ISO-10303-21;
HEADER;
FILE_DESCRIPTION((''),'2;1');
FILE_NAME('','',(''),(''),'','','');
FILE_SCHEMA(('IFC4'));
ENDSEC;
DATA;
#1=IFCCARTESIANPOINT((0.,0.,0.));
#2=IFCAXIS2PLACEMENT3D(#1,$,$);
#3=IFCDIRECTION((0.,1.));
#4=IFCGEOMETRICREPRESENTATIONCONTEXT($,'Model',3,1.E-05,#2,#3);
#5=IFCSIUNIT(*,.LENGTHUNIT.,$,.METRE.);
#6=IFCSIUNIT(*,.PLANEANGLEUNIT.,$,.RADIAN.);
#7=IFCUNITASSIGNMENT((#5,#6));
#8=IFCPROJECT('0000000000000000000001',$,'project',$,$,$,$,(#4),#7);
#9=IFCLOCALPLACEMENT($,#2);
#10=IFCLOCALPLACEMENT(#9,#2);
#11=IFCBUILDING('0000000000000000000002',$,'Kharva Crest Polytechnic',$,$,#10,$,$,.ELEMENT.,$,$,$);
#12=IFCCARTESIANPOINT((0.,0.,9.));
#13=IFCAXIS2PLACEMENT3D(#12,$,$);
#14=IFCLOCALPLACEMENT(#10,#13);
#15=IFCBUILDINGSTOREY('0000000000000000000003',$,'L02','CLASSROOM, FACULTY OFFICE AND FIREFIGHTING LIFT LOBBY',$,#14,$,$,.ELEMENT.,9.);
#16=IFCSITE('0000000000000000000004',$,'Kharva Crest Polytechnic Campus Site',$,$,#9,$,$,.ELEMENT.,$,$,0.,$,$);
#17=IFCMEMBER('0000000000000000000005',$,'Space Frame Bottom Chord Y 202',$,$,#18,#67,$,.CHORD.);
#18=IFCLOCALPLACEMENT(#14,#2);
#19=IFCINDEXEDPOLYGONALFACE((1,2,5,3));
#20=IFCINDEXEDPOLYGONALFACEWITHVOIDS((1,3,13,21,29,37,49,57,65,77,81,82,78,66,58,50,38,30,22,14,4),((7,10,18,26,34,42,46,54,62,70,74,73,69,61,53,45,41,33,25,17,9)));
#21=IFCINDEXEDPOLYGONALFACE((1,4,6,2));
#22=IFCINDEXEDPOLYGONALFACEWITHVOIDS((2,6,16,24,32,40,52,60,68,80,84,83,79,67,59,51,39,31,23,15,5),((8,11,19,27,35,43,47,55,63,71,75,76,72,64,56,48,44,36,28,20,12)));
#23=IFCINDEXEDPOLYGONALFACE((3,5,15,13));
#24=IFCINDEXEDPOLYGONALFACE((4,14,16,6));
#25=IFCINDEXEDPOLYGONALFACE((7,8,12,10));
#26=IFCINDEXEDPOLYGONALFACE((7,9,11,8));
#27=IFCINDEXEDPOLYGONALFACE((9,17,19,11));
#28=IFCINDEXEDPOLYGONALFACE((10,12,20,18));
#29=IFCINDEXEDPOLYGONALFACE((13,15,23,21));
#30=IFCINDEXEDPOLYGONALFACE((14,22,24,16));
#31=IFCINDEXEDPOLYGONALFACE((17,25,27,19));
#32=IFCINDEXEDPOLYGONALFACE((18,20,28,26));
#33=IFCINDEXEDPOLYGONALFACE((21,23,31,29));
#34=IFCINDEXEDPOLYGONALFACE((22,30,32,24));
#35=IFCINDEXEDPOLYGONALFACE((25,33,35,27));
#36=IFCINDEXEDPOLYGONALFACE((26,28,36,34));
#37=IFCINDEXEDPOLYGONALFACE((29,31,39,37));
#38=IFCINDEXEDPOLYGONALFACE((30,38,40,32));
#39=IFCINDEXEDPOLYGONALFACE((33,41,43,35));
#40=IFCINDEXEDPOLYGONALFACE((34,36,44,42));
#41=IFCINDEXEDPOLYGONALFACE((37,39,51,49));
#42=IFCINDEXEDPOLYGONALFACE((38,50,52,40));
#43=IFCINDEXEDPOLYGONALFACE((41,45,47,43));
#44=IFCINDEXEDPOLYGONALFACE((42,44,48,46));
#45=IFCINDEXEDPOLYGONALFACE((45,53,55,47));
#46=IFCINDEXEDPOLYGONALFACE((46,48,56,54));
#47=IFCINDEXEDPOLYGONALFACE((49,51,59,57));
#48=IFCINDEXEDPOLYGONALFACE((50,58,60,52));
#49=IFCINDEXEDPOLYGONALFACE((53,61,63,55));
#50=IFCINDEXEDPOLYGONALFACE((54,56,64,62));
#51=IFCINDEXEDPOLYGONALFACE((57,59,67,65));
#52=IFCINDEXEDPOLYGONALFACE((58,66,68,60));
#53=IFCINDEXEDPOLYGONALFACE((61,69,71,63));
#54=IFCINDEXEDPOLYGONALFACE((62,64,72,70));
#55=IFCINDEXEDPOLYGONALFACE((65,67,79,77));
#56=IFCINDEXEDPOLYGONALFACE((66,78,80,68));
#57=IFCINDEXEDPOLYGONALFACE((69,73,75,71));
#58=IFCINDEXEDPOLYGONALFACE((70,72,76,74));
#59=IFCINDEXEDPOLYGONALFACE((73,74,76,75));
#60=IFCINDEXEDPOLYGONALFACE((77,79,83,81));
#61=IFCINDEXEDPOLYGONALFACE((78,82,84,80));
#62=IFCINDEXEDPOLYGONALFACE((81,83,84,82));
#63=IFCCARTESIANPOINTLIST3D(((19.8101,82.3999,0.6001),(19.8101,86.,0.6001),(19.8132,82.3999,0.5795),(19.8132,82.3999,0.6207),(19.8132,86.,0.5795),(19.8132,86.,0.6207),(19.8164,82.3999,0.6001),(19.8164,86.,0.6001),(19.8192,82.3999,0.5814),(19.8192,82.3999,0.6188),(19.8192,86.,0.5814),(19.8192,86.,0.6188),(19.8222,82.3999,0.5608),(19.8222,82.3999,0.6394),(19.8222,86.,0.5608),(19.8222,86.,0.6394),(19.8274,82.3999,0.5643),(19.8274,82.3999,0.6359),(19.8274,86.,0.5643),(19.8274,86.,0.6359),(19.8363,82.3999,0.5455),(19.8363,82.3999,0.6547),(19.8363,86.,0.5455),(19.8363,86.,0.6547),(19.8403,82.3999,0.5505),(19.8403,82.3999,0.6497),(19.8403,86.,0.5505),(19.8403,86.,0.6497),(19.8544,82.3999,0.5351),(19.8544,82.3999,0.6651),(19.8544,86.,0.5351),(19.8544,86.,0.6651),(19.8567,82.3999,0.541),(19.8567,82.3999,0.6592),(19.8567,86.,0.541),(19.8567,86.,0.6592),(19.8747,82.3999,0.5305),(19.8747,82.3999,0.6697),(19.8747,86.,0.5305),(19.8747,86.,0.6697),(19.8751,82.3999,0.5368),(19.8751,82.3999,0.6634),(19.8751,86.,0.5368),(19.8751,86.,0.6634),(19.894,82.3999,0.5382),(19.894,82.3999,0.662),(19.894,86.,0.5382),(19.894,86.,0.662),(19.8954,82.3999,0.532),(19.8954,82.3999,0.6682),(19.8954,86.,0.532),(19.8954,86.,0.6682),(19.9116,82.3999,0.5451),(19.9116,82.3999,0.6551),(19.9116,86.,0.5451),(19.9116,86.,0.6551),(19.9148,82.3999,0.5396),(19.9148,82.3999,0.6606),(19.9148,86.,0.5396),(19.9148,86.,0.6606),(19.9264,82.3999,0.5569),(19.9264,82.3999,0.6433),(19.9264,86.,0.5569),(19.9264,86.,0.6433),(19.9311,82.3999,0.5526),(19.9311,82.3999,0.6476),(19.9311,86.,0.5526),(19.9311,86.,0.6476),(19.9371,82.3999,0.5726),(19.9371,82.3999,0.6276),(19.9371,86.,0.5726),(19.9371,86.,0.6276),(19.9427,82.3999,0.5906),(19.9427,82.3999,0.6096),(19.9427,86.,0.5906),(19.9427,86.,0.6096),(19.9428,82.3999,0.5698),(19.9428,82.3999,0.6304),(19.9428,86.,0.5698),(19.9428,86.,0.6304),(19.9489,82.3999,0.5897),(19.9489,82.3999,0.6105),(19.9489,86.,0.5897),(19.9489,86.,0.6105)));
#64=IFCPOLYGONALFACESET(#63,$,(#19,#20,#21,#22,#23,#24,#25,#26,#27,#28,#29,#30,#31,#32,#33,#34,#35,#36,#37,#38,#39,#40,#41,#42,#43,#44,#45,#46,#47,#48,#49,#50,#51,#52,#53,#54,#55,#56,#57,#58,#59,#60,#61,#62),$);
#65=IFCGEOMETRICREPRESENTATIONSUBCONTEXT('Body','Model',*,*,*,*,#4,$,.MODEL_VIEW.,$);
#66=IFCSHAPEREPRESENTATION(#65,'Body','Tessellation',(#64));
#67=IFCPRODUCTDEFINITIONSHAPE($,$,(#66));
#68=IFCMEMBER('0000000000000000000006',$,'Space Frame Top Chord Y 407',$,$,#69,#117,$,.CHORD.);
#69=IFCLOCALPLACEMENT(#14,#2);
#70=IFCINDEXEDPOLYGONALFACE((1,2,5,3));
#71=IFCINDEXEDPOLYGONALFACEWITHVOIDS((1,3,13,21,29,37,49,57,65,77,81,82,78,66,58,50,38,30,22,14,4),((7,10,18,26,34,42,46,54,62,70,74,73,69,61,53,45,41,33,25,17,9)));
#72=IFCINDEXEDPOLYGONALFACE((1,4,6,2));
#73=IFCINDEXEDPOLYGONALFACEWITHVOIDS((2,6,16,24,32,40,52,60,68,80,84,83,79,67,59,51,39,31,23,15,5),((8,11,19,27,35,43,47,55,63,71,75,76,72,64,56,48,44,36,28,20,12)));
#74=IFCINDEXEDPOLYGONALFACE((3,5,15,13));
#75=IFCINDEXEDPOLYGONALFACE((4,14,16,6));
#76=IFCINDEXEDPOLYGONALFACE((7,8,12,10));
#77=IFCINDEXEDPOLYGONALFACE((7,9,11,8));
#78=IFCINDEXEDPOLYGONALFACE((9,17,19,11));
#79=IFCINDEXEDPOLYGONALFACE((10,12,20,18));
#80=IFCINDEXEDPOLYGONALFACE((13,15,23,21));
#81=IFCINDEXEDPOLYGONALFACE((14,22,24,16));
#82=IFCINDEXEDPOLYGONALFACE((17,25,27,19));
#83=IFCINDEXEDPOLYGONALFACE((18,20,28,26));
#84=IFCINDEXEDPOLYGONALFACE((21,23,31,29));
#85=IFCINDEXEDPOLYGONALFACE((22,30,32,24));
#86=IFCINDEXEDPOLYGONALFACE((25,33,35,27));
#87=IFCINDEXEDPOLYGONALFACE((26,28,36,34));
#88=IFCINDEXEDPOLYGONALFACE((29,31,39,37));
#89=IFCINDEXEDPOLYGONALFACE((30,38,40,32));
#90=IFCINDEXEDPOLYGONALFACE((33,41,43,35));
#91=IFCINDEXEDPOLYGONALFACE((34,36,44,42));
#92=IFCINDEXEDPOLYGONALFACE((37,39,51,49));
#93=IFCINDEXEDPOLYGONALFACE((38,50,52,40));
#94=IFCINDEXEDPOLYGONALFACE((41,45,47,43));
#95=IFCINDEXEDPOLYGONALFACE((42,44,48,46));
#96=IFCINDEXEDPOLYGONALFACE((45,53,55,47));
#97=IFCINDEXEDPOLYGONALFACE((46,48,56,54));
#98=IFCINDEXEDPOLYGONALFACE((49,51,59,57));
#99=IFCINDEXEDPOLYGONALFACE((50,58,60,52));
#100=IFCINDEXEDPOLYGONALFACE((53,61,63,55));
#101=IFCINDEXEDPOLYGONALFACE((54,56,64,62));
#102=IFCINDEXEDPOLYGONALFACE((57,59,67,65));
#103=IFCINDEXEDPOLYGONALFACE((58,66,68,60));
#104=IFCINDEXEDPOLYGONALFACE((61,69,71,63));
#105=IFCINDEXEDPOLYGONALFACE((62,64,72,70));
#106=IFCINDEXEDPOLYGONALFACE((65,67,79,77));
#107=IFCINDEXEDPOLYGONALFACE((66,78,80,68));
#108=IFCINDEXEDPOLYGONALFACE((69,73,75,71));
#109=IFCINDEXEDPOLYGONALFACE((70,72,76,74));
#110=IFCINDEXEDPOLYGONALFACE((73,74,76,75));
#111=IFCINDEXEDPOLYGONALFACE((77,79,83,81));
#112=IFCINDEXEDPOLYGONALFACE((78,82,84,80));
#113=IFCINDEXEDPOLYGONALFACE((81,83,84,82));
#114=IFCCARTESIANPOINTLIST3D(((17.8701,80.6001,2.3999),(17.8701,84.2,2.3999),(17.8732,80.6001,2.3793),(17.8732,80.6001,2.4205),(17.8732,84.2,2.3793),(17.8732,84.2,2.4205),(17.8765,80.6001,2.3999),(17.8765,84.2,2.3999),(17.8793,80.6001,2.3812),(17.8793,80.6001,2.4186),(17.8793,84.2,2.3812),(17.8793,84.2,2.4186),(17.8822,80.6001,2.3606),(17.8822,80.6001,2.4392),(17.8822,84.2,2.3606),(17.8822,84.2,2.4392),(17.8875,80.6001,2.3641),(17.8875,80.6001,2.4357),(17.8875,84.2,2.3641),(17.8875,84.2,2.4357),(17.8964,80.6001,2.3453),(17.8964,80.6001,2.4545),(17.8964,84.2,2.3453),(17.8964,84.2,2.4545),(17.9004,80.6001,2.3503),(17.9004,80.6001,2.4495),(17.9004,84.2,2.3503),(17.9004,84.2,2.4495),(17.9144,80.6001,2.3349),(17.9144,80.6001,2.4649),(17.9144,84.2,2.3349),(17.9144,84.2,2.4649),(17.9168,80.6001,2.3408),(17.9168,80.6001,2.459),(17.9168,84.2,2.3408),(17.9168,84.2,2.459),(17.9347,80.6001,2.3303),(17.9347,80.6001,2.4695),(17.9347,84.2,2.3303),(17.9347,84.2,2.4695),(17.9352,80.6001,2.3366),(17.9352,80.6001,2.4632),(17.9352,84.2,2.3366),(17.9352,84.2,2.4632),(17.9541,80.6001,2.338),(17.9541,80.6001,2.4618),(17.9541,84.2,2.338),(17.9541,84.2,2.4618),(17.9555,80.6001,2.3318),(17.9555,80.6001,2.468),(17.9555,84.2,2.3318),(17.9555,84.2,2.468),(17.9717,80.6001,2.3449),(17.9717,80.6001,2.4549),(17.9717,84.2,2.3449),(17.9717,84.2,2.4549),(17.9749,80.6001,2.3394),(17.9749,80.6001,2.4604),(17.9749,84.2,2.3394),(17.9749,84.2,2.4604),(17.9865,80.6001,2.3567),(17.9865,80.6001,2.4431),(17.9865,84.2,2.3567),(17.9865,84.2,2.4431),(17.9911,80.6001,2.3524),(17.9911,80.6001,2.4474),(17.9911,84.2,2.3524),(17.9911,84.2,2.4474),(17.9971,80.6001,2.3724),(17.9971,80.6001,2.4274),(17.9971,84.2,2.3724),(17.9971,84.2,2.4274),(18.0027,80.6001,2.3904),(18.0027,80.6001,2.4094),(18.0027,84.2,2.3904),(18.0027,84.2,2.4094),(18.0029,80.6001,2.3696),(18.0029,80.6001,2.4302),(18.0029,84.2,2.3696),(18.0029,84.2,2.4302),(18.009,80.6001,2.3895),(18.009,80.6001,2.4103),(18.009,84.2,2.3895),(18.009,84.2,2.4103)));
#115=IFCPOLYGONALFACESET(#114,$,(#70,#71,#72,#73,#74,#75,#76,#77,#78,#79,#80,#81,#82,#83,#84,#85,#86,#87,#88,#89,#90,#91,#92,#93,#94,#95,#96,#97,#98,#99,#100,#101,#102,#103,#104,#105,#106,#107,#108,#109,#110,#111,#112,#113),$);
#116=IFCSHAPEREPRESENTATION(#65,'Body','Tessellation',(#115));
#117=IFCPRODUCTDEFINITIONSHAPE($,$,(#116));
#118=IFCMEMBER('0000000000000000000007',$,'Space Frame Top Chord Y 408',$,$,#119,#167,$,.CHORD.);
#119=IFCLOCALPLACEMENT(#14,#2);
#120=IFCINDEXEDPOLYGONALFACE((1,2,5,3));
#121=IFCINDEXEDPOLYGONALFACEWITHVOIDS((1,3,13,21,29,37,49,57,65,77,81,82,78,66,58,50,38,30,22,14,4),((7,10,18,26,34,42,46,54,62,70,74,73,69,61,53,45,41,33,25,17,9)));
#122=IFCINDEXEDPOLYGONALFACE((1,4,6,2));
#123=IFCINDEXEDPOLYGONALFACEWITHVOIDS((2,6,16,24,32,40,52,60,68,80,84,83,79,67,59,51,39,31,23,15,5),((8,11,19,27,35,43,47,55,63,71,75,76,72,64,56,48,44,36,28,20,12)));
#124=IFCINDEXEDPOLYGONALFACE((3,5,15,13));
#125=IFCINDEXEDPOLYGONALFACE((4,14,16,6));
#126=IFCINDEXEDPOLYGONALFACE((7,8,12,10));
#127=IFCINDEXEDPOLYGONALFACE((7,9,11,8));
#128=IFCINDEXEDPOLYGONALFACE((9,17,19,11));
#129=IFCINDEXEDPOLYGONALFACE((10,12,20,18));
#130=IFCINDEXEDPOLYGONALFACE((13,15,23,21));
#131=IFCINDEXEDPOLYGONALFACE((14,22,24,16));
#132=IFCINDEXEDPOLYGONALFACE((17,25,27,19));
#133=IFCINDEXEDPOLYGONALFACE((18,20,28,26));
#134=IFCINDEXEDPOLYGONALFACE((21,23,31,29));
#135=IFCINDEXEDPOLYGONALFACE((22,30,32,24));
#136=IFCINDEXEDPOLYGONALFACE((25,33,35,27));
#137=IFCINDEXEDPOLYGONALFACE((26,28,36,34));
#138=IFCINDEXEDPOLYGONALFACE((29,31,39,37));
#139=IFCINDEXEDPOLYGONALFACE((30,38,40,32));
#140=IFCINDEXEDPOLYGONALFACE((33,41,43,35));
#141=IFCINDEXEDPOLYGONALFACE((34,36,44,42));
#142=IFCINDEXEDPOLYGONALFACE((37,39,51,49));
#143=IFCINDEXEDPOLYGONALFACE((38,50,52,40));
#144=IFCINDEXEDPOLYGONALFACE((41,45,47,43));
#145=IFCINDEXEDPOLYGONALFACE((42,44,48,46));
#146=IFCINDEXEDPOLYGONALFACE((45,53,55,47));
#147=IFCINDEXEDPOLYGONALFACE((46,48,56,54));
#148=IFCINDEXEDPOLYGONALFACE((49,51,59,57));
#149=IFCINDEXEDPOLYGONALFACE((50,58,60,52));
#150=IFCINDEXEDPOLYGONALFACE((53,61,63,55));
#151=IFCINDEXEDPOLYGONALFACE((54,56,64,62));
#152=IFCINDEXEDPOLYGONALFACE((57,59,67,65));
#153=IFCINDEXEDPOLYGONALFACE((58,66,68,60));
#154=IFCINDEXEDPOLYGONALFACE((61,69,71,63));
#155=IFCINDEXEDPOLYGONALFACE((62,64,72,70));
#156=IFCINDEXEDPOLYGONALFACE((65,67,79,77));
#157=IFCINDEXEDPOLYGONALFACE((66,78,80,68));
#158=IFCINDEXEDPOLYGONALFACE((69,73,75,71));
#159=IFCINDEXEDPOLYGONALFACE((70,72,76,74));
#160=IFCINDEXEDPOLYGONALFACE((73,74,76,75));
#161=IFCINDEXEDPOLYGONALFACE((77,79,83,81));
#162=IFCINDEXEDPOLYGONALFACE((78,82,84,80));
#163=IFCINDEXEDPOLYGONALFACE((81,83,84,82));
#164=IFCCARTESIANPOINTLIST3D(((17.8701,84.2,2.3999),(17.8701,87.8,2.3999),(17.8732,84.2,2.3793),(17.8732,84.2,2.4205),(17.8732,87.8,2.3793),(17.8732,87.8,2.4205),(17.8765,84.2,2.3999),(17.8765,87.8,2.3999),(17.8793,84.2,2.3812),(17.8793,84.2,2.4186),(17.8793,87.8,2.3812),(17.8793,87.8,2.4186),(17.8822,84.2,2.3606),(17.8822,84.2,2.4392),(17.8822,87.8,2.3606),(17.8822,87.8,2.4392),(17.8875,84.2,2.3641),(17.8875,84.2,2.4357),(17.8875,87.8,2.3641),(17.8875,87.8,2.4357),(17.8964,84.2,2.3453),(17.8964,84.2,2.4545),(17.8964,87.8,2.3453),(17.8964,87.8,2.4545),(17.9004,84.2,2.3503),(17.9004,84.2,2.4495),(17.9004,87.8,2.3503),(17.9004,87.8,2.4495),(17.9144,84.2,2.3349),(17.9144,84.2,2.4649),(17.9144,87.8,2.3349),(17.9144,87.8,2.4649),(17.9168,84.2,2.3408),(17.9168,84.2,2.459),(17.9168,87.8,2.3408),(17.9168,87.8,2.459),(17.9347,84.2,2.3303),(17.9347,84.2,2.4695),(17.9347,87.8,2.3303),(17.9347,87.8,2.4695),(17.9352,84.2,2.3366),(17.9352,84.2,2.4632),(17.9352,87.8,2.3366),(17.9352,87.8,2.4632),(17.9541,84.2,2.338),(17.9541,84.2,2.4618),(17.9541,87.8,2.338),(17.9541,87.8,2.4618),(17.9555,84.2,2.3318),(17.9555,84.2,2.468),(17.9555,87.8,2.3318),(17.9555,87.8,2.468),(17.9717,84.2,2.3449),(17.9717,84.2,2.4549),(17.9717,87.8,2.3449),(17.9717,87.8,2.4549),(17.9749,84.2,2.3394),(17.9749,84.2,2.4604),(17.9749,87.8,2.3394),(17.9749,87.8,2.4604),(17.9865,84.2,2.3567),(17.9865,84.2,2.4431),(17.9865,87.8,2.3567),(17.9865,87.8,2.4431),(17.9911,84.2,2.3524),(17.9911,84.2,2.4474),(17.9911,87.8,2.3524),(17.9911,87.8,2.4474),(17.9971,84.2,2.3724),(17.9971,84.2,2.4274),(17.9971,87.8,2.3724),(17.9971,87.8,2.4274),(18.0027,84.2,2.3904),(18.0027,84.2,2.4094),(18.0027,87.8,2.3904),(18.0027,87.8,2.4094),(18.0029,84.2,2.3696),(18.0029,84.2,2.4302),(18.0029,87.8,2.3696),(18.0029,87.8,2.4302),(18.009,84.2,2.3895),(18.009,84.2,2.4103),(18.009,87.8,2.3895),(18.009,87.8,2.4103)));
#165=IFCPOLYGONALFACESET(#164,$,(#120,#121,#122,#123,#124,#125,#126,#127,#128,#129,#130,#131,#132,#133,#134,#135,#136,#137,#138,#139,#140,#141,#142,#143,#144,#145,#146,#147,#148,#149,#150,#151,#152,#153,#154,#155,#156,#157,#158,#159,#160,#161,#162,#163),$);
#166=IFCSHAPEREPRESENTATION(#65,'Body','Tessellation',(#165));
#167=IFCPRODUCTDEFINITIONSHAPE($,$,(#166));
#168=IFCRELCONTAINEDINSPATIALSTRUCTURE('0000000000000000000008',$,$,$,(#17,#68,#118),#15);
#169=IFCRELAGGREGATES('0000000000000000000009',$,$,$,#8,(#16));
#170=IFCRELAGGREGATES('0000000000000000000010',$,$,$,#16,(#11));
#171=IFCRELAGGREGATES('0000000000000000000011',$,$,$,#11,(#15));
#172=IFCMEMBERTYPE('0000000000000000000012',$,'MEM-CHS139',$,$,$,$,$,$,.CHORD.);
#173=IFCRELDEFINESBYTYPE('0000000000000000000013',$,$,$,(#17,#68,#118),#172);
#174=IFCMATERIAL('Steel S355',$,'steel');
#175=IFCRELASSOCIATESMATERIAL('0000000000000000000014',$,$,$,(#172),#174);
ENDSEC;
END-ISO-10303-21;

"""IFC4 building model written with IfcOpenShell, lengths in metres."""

from ifc_helpers import new_model, si_unit, direction, frame, origin, origin_2d, place, context, subcontext, project, spatial, hollow_circle, extrude, material, material_profile, profile_set, type_object, element, save


model = new_model("IFC4")

# Units and contexts
model_context = context("Model", 3, precision=1e-05, world=origin(), true_north=direction((0.0, 1.0)))
body_context = subcontext(model_context, "Body", "Model", "MODEL_VIEW")
ifc_project = project(units=[si_unit("LENGTHUNIT", "METRE"), si_unit("PLANEANGLEUNIT", "RADIAN")], contexts=[model_context])

# Site, building, storey
site_placement = place(None, origin())
site = spatial("IfcSite", under=ifc_project, at=site_placement, Name="Kharva Crest Polytechnic Campus Site", CompositionType="ELEMENT", RefElevation=0.0)
building_placement = place(site_placement, origin())
building = spatial("IfcBuilding", under=site, at=building_placement, Name="Kharva Crest Polytechnic", CompositionType="ELEMENT")
storey_placement = place(building_placement, frame((0.0, 0.0, 9.0)))
storey = spatial("IfcBuildingStorey", under=building, at=storey_placement, Name="L02", Description="CLASSROOM, FACULTY OFFICE AND FIREFIGHTING LIFT LOBBY", CompositionType="ELEMENT", Elevation=9.0)

# Shared definitions
ifc_material_1 = material(Name="Steel S355", Category="steel")

# Members
ifc_material_profile_1 = material_profile(ifc_material_1, hollow_circle(Radius=0.0698, WallThickness=0.0063, at=origin_2d()), Name="CHS 139.7X6.3")
ifc_profile_set_1 = profile_set([ifc_material_profile_1], Name="Steel S355")
member_type_1 = type_object("IfcMemberType", Name="MEM-CHS139", PredefinedType="CHORD", material=ifc_profile_set_1)
member_1_placement = place(storey_placement, frame((19.8799, 82.3999, 0.6001), z_axis=(0.0, 1.0, 0.0), x_axis=(-1.0, 0.0, 0.0)))
element("IfcMember", 1, at=member_1_placement, inside=storey, type_object=member_type_1, Name="Space Frame Bottom Chord Y 202", PredefinedType="CHORD", context=body_context, shape_type="SweptSolid", body=[
    extrude(hollow_circle(Radius=0.0698, WallThickness=0.0063, at=origin_2d()), origin(), (0.0, 0.0, 1.0), 3.6001),
])
member_2_placement = place(storey_placement, frame((17.9399, 80.6001, 2.3999), z_axis=(0.0, 1.0, 0.0), x_axis=(-1.0, 0.0, 0.0)))
element("IfcMember", 2, at=member_2_placement, inside=storey, type_object=member_type_1, Name="Space Frame Top Chord Y 407", PredefinedType="CHORD", context=body_context, shape_type="SweptSolid", body=[
    extrude(hollow_circle(Radius=0.0698, WallThickness=0.0063, at=origin_2d()), origin(), (0.0, 0.0, 1.0), 3.5999),
])
member_3_placement = place(storey_placement, frame((17.9399, 84.2, 2.3999), z_axis=(0.0, 1.0, 0.0), x_axis=(-1.0, 0.0, 0.0)))
element("IfcMember", 3, at=member_3_placement, inside=storey, type_object=member_type_1, Name="Space Frame Top Chord Y 408", PredefinedType="CHORD", context=body_context, shape_type="SweptSolid", body=[
    extrude(hollow_circle(Radius=0.0698, WallThickness=0.0063, at=origin_2d()), origin(), (0.0, 0.0, 1.0), 3.6001),
])

save(model, "model.ifc")
